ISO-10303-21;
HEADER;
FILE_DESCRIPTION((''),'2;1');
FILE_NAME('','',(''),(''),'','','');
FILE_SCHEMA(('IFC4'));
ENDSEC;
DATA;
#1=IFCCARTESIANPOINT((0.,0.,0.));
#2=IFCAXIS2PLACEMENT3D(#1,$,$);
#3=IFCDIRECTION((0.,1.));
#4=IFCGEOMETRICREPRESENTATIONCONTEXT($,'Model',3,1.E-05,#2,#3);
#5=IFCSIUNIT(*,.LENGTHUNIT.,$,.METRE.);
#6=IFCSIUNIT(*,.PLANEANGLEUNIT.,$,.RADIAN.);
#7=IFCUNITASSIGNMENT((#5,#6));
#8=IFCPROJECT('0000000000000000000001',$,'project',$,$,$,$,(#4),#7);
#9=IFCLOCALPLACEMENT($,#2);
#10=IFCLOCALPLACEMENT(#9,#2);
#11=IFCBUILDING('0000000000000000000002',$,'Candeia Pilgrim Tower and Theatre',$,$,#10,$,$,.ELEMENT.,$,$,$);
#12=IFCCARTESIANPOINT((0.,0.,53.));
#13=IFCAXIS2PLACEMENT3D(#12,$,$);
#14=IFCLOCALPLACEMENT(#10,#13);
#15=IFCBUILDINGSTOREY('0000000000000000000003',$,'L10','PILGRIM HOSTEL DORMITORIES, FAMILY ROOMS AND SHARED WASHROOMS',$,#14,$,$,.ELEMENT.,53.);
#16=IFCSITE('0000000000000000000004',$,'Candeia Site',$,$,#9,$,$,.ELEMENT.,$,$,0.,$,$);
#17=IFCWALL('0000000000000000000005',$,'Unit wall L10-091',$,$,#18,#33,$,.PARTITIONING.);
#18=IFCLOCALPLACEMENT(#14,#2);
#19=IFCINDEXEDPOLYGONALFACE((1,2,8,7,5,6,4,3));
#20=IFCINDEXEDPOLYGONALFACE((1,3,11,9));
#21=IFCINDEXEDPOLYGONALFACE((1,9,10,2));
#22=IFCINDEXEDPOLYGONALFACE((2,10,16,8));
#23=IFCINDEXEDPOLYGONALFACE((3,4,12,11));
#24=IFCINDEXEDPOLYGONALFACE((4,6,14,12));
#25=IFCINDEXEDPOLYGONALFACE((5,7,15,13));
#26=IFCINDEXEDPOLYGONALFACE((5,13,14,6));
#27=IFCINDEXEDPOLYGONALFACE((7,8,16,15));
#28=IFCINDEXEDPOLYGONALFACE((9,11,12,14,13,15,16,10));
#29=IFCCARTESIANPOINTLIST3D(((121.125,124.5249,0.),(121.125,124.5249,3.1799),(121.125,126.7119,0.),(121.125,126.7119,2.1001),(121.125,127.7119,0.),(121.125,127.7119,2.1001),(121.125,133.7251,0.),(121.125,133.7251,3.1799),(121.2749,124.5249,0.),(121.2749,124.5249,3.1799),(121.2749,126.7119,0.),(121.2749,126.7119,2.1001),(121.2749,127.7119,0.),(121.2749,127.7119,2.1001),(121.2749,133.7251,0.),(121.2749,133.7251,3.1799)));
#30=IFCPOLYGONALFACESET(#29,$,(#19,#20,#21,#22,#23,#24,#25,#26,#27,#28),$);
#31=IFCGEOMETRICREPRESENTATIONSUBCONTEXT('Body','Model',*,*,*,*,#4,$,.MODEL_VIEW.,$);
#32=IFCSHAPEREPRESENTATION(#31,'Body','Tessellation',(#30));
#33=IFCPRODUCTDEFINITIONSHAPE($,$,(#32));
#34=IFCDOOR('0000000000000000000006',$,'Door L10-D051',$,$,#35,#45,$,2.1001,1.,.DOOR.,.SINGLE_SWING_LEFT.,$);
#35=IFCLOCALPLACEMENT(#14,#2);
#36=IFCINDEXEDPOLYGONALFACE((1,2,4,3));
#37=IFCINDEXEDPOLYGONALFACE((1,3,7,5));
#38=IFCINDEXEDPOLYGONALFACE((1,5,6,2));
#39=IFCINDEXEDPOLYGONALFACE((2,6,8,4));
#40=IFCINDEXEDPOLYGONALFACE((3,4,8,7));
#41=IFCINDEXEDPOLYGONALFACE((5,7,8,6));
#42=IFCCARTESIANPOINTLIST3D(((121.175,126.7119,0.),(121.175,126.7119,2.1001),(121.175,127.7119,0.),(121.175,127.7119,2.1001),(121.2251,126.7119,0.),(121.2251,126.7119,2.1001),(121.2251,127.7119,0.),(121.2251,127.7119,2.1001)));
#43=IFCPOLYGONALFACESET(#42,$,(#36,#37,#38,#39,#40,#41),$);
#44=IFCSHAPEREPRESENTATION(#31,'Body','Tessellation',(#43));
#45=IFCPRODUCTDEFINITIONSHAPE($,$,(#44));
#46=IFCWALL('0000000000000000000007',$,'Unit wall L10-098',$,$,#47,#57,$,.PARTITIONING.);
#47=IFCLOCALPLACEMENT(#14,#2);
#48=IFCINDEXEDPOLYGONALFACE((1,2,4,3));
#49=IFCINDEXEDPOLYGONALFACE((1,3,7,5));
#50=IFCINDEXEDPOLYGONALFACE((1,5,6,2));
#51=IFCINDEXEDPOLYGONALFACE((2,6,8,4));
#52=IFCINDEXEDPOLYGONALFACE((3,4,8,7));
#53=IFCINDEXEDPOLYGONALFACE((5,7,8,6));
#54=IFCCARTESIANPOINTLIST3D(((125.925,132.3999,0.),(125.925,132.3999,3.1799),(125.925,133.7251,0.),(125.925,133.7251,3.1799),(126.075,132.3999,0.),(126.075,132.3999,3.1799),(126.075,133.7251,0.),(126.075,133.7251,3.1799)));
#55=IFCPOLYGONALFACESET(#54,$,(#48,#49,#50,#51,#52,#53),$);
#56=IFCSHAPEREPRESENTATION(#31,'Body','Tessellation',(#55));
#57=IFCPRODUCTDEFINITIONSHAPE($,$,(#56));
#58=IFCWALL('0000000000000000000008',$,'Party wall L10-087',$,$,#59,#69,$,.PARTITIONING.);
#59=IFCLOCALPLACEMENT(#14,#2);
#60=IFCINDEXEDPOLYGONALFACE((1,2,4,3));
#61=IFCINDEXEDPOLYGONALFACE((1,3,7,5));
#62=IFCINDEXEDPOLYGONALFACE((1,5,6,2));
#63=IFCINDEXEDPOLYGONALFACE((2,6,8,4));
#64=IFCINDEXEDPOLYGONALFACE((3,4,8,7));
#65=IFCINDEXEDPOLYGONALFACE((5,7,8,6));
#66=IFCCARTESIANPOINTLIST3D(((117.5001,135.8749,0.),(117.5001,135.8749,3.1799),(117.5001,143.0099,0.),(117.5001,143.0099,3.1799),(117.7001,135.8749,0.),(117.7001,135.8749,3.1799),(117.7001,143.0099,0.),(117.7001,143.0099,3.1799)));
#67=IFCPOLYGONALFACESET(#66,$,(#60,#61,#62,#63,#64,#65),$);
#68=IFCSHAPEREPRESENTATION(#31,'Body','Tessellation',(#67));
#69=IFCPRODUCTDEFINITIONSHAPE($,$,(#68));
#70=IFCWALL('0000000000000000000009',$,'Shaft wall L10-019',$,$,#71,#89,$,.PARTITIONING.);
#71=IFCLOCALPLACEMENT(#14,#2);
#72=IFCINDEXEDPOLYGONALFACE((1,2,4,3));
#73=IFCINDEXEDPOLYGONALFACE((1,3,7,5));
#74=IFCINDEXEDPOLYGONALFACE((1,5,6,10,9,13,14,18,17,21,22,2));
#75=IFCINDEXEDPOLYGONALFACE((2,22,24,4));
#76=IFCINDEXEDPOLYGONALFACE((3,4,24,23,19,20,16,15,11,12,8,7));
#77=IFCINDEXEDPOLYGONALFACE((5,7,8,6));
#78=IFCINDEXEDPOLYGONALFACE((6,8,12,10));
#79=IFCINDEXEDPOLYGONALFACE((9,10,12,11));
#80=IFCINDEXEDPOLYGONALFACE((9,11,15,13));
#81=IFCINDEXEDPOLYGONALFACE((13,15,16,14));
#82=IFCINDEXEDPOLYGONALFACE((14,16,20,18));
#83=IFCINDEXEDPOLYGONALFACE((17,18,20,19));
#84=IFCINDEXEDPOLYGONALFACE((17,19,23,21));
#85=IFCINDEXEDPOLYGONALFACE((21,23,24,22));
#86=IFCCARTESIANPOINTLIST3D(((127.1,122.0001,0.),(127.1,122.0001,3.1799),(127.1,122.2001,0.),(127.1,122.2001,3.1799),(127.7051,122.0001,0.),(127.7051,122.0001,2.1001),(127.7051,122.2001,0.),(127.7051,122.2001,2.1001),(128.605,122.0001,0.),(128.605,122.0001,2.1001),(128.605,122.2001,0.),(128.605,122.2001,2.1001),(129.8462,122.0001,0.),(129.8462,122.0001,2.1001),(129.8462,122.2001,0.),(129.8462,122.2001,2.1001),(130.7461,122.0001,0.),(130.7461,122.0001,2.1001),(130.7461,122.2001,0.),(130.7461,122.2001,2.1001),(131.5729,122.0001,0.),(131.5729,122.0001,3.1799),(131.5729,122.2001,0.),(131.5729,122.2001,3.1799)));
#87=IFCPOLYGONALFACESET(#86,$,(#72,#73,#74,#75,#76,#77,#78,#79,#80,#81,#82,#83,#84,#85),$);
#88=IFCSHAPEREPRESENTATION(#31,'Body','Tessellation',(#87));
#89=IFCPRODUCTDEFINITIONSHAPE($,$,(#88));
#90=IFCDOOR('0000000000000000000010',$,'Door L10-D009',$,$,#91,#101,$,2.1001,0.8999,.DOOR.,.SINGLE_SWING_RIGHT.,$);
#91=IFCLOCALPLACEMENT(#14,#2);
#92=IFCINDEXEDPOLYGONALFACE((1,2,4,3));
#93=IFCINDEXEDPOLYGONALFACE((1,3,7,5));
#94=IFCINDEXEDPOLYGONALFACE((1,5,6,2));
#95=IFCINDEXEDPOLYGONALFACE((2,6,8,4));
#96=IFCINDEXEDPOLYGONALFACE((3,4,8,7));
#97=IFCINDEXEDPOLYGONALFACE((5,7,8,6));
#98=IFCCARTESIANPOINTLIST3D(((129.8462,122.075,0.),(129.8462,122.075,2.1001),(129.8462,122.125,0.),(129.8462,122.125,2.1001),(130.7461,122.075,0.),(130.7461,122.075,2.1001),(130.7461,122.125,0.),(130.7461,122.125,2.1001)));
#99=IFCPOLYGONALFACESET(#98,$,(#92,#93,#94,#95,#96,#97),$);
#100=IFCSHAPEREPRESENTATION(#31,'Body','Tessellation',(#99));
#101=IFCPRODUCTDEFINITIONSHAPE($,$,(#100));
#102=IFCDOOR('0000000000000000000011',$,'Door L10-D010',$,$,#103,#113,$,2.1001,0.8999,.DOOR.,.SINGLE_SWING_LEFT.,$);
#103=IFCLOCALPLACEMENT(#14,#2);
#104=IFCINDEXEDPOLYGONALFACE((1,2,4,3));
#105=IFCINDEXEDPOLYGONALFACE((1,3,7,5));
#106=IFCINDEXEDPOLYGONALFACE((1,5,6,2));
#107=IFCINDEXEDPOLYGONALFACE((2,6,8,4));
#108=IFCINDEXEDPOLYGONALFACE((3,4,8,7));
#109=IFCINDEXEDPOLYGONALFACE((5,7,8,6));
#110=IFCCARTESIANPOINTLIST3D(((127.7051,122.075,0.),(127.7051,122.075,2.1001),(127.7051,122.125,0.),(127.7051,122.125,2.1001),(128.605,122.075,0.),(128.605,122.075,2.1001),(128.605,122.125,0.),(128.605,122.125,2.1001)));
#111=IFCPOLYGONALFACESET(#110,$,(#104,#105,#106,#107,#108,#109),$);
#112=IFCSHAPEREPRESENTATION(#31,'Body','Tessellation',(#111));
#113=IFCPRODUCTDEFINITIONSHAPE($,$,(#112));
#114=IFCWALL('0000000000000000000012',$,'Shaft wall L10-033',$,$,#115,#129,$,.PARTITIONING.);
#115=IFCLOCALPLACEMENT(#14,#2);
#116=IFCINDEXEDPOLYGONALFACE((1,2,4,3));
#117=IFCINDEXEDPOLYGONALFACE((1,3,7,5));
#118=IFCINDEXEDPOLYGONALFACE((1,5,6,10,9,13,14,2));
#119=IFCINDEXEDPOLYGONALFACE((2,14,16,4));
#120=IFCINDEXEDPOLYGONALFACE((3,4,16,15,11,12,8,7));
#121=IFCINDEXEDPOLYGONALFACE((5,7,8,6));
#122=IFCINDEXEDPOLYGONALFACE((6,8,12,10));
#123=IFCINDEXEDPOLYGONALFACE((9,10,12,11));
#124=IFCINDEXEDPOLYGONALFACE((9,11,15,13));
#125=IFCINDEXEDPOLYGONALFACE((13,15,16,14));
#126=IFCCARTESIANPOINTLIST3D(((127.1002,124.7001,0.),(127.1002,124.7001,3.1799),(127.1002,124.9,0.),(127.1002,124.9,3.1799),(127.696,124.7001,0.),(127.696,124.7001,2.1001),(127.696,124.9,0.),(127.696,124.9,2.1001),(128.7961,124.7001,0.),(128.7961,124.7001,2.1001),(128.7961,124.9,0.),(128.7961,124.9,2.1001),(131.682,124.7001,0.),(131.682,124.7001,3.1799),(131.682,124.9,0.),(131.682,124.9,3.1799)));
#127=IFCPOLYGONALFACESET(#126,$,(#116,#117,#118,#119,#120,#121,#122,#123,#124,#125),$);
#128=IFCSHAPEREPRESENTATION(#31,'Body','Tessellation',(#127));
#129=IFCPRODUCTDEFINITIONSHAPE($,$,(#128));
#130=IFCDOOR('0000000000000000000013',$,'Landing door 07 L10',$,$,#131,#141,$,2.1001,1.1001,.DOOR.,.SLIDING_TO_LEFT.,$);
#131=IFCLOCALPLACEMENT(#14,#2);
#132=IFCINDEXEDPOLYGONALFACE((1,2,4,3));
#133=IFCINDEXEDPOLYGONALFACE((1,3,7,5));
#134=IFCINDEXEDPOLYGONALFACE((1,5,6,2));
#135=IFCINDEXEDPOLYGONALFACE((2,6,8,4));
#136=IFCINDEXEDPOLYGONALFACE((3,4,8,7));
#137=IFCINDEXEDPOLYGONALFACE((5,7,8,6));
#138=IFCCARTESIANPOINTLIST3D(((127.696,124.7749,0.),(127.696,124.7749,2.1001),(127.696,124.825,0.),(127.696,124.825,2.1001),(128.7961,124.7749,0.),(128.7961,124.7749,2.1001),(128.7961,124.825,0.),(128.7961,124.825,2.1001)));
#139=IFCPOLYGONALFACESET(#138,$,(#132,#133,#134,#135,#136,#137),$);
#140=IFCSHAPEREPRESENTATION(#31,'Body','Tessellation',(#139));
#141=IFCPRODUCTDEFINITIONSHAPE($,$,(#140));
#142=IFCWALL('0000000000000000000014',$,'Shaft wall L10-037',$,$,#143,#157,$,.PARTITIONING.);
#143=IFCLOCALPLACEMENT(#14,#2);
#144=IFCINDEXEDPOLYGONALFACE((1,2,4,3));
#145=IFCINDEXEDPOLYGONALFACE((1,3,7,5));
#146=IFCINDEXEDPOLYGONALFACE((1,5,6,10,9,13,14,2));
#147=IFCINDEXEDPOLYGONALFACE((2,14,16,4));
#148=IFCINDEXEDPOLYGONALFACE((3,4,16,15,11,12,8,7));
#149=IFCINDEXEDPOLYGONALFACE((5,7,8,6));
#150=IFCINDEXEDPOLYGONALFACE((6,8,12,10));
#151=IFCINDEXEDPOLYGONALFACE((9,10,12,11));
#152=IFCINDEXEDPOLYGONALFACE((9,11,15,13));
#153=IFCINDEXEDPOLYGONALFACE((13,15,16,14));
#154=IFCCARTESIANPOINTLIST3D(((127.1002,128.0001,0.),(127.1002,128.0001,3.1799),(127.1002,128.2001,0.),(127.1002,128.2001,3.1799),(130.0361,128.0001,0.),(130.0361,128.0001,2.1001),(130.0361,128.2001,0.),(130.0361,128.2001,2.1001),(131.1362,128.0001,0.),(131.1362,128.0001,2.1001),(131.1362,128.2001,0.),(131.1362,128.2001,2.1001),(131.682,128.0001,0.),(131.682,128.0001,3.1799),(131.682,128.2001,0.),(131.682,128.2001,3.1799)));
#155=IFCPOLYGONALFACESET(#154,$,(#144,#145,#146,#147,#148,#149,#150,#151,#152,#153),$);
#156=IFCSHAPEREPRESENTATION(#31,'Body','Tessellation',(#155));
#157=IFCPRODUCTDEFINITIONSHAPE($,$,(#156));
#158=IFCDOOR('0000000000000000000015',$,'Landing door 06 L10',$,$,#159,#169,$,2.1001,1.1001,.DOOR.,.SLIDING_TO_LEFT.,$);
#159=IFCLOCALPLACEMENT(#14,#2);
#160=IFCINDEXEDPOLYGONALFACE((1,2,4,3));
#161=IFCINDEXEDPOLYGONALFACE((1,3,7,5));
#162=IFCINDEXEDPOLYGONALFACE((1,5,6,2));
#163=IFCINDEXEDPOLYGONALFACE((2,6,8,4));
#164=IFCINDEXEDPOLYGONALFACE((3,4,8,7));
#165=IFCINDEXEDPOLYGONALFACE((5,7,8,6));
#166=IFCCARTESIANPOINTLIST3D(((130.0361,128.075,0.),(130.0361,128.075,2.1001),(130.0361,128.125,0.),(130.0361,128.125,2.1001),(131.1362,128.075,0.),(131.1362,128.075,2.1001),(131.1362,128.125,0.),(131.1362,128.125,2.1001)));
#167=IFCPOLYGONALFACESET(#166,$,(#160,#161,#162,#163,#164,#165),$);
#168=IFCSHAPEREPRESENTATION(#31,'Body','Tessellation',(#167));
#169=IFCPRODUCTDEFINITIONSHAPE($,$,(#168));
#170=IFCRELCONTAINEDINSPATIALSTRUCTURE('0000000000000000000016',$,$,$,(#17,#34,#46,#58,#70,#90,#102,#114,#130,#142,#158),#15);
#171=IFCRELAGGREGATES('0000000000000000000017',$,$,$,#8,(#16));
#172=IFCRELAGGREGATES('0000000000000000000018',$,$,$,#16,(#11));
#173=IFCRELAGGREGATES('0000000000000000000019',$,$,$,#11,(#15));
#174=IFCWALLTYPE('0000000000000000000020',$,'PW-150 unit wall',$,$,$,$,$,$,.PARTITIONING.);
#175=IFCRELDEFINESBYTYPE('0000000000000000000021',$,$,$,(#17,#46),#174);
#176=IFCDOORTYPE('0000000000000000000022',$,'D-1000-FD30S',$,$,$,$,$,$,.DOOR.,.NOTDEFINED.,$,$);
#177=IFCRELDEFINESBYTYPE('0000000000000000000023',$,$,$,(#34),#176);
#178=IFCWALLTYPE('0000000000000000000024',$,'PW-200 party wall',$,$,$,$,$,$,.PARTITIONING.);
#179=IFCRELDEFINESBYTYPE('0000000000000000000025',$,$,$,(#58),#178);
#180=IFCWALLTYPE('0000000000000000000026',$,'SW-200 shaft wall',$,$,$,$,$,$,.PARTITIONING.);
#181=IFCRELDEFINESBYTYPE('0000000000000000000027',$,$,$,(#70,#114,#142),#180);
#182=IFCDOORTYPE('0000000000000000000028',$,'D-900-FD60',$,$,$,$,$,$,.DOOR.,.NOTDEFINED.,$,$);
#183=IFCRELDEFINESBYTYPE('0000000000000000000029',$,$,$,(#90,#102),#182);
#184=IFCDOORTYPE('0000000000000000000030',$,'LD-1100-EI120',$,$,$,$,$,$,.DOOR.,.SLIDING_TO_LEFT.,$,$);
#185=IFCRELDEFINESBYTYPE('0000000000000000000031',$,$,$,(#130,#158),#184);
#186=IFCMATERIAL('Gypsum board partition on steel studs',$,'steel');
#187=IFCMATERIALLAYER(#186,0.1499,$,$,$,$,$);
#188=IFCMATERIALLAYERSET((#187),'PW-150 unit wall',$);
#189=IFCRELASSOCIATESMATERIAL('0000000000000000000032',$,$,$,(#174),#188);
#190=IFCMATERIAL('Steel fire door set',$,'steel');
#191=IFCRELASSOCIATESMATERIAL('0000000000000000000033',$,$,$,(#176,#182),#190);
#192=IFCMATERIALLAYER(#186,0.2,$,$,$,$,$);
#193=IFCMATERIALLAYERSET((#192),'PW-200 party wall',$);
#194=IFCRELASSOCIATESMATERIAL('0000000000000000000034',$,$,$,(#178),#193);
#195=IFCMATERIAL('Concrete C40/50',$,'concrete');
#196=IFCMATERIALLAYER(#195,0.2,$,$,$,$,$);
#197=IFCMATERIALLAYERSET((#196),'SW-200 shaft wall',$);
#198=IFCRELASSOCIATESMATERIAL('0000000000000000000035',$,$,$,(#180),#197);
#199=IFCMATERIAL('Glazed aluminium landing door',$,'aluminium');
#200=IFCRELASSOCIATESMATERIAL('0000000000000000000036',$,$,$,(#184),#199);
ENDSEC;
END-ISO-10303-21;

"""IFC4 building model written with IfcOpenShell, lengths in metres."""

from ifc_helpers import new_model, si_unit, direction, frame, frame_2d, origin, place, context, subcontext, project, spatial, rectangle, extrude, material, layer, layer_set, type_object, element, fill, save


model = new_model("IFC4")

# Units and contexts
model_context = context("Model", 3, precision=1e-05, world=origin(), true_north=direction((0.0, 1.0)))
body_context = subcontext(model_context, "Body", "Model", "MODEL_VIEW")
ifc_project = project(units=[si_unit("LENGTHUNIT", "METRE"), si_unit("PLANEANGLEUNIT", "RADIAN")], contexts=[model_context])

# Site, building, storey
site_placement = place(None, origin())
site = spatial("IfcSite", under=ifc_project, at=site_placement, Name="Candeia Site", CompositionType="ELEMENT", RefElevation=0.0)
building_placement = place(site_placement, origin())
building = spatial("IfcBuilding", under=site, at=building_placement, Name="Candeia Pilgrim Tower and Theatre", CompositionType="ELEMENT")
storey_placement = place(building_placement, frame((0.0, 0.0, 53.0)))
storey = spatial("IfcBuildingStorey", under=building, at=storey_placement, Name="L10", Description="PILGRIM HOSTEL DORMITORIES, FAMILY ROOMS AND SHARED WASHROOMS", CompositionType="ELEMENT", Elevation=53.0)

# Shared definitions
ifc_material_1 = material(Name="Steel fire door set", Category="steel")

# Shared definitions
ifc_material_2 = material(Name="Gypsum board partition on steel studs", Category="steel")

# Shared definitions
ifc_layer_1 = layer(ifc_material_2, 0.1499)
ifc_layer_set_1 = layer_set([ifc_layer_1], Name="PW-150 unit wall")
wall_type_1 = type_object("IfcWallType", Name="PW-150 unit wall", PredefinedType="PARTITIONING", material=ifc_layer_set_1)

# Wall, opening, door
wall_1_placement = place(storey_placement, frame((121.2, 124.5249, 0.0), z_axis=(0.0, 0.0, 1.0), x_axis=(0.0, 1.0, 0.0)))
wall_1 = element("IfcWall", 1, at=wall_1_placement, inside=storey, type_object=wall_type_1, Name="Unit wall L10-091", PredefinedType="PARTITIONING", context=body_context, shape_type="SweptSolid", body=[
    extrude(rectangle(XDim=9.2002, YDim=0.1499, at=frame_2d((4.6001, 0.0))), origin(), (0.0, 0.0, 1.0), 3.1799),
])
opening_1_placement = place(wall_1_placement, frame((2.187, 0.0, 0.0)))
opening_1 = element("IfcOpeningElement", 2, at=opening_1_placement, cuts=wall_1, PredefinedType="OPENING", context=body_context, shape_type="SweptSolid", body=[
    extrude(rectangle(XDim=1.0, YDim=2.1001, at=frame_2d((0.5, 1.05))), frame((0.0, 0.085, 0.0), z_axis=(0.0, -1.0, 0.0), x_axis=(1.0, 0.0, 0.0)), (0.0, 0.0, 1.0), 0.1699),
])
door_type_1 = type_object("IfcDoorType", Name="D-1000-FD30S", OperationType="NOTDEFINED", PredefinedType="DOOR", material=ifc_material_1)
door_1_placement = place(opening_1_placement, origin())
door_1 = element("IfcDoor", 3, at=door_1_placement, inside=storey, type_object=door_type_1, Name="Door L10-D051", OperationType="SINGLE_SWING_LEFT", OverallHeight=2.1001, OverallWidth=1.0, PredefinedType="DOOR", context=body_context, shape_type="SweptSolid", body=[
    extrude(rectangle(XDim=1.0, YDim=2.1001, at=frame_2d((0.5, 1.05))), frame((0.0, 0.0249, 0.0), z_axis=(0.0, -1.0, 0.0), x_axis=(1.0, 0.0, 0.0)), (0.0, 0.0, 1.0), 0.05),
])
fill(opening_1, door_1)

# Walls
wall_2_placement = place(storey_placement, frame((126.0, 132.3999, 0.0), z_axis=(0.0, 0.0, 1.0), x_axis=(0.0, 1.0, 0.0)))
element("IfcWall", 4, at=wall_2_placement, inside=storey, type_object=wall_type_1, Name="Unit wall L10-098", PredefinedType="PARTITIONING", context=body_context, shape_type="SweptSolid", body=[
    extrude(rectangle(XDim=1.3252, YDim=0.1499, at=frame_2d((0.6626, 0.0))), origin(), (0.0, 0.0, 1.0), 3.1799),
])
ifc_layer_2 = layer(ifc_material_2, 0.2)
ifc_layer_set_2 = layer_set([ifc_layer_2], Name="PW-200 party wall")
wall_type_2 = type_object("IfcWallType", Name="PW-200 party wall", PredefinedType="PARTITIONING", material=ifc_layer_set_2)
wall_3_placement = place(storey_placement, frame((117.6001, 135.875, 0.0), z_axis=(0.0, 0.0, 1.0), x_axis=(0.0, 1.0, 0.0)))
element("IfcWall", 5, at=wall_3_placement, inside=storey, type_object=wall_type_2, Name="Party wall L10-087", PredefinedType="PARTITIONING", context=body_context, shape_type="SweptSolid", body=[
    extrude(rectangle(XDim=7.135, YDim=0.2, at=frame_2d((3.5674, 0.0))), origin(), (0.0, 0.0, 1.0), 3.1799),
])

# Wall, openings, doors
ifc_material_3 = material(Name="Concrete C40/50", Category="concrete")
ifc_layer_3 = layer(ifc_material_3, 0.2)
ifc_layer_set_3 = layer_set([ifc_layer_3], Name="SW-200 shaft wall")
wall_type_3 = type_object("IfcWallType", Name="SW-200 shaft wall", PredefinedType="PARTITIONING", material=ifc_layer_set_3)
wall_4_placement = place(storey_placement, frame((127.1001, 122.1001, 0.0), z_axis=(0.0, 0.0, 1.0), x_axis=(1.0, 0.0, 0.0)))
wall_4 = element("IfcWall", 6, at=wall_4_placement, inside=storey, type_object=wall_type_3, Name="Shaft wall L10-019", PredefinedType="PARTITIONING", context=body_context, shape_type="SweptSolid", body=[
    extrude(rectangle(XDim=4.4729, YDim=0.2, at=frame_2d((2.2363, 0.0))), origin(), (0.0, 0.0, 1.0), 3.1799),
])
opening_2_placement = place(wall_4_placement, frame((2.7461, 0.0, 0.0)))
opening_2 = element("IfcOpeningElement", 7, at=opening_2_placement, cuts=wall_4, PredefinedType="OPENING", context=body_context, shape_type="SweptSolid", body=[
    extrude(rectangle(XDim=0.8999, YDim=2.1001, at=frame_2d((0.45, 1.05))), frame((0.0, 0.1099, 0.0), z_axis=(0.0, -1.0, 0.0), x_axis=(1.0, 0.0, 0.0)), (0.0, 0.0, 1.0), 0.22),
])
opening_3_placement = place(wall_4_placement, frame((0.605, 0.0, 0.0)))
opening_3 = element("IfcOpeningElement", 8, at=opening_3_placement, cuts=wall_4, PredefinedType="OPENING", context=body_context, shape_type="SweptSolid", body=[
    extrude(rectangle(XDim=0.8999, YDim=2.1001, at=frame_2d((0.45, 1.05))), frame((0.0, 0.1099, 0.0), z_axis=(0.0, -1.0, 0.0), x_axis=(1.0, 0.0, 0.0)), (0.0, 0.0, 1.0), 0.22),
])
door_type_2 = type_object("IfcDoorType", Name="D-900-FD60", OperationType="NOTDEFINED", PredefinedType="DOOR", material=ifc_material_1)
door_2_placement = place(opening_2_placement, origin())
door_2 = element("IfcDoor", 9, at=door_2_placement, inside=storey, type_object=door_type_2, Name="Door L10-D009", OperationType="SINGLE_SWING_RIGHT", OverallHeight=2.1001, OverallWidth=0.8999, PredefinedType="DOOR", context=body_context, shape_type="SweptSolid", body=[
    extrude(rectangle(XDim=0.8999, YDim=2.1001, at=frame_2d((0.45, 1.05))), frame((0.0, 0.0249, 0.0), z_axis=(0.0, -1.0, 0.0), x_axis=(1.0, 0.0, 0.0)), (0.0, 0.0, 1.0), 0.05),
])
fill(opening_2, door_2)
door_3_placement = place(opening_3_placement, origin())
door_3 = element("IfcDoor", 10, at=door_3_placement, inside=storey, type_object=door_type_2, Name="Door L10-D010", OperationType="SINGLE_SWING_LEFT", OverallHeight=2.1001, OverallWidth=0.8999, PredefinedType="DOOR", context=body_context, shape_type="SweptSolid", body=[
    extrude(rectangle(XDim=0.8999, YDim=2.1001, at=frame_2d((0.45, 1.05))), frame((0.0, 0.0249, 0.0), z_axis=(0.0, -1.0, 0.0), x_axis=(1.0, 0.0, 0.0)), (0.0, 0.0, 1.0), 0.05),
])
fill(opening_3, door_3)

# Walls, openings, doors
wall_5_placement = place(storey_placement, frame((127.1001, 124.8, 0.0), z_axis=(0.0, 0.0, 1.0), x_axis=(1.0, 0.0, 0.0)))
wall_5 = element("IfcWall", 11, at=wall_5_placement, inside=storey, type_object=wall_type_3, Name="Shaft wall L10-033", PredefinedType="PARTITIONING", context=body_context, shape_type="SweptSolid", body=[
    extrude(rectangle(XDim=4.5818, YDim=0.2, at=frame_2d((2.291, 0.0))), origin(), (0.0, 0.0, 1.0), 3.1799),
])
opening_4_placement = place(wall_5_placement, frame((0.5959, 0.0, 0.0)))
opening_4 = element("IfcOpeningElement", 12, at=opening_4_placement, cuts=wall_5, PredefinedType="OPENING", context=body_context, shape_type="SweptSolid", body=[
    extrude(rectangle(XDim=1.1001, YDim=2.1001, at=frame_2d((0.55, 1.05))), frame((0.0, 0.1099, 0.0), z_axis=(0.0, -1.0, 0.0), x_axis=(1.0, 0.0, 0.0)), (0.0, 0.0, 1.0), 0.22),
])
ifc_material_4 = material(Name="Glazed aluminium landing door", Category="aluminium")
door_type_3 = type_object("IfcDoorType", Name="LD-1100-EI120", OperationType="SLIDING_TO_LEFT", PredefinedType="DOOR", material=ifc_material_4)
door_4_placement = place(opening_4_placement, origin())
door_4 = element("IfcDoor", 13, at=door_4_placement, inside=storey, type_object=door_type_3, Name="Landing door 07 L10", OperationType="SLIDING_TO_LEFT", OverallHeight=2.1001, OverallWidth=1.1001, PredefinedType="DOOR", context=body_context, shape_type="SweptSolid", body=[
    extrude(rectangle(XDim=1.1001, YDim=2.1001, at=frame_2d((0.55, 1.05))), frame((0.0, 0.0249, 0.0), z_axis=(0.0, -1.0, 0.0), x_axis=(1.0, 0.0, 0.0)), (0.0, 0.0, 1.0), 0.05),
])
fill(opening_4, door_4)
wall_6_placement = place(storey_placement, frame((127.1001, 128.1001, 0.0), z_axis=(0.0, 0.0, 1.0), x_axis=(1.0, 0.0, 0.0)))
wall_6 = element("IfcWall", 14, at=wall_6_placement, inside=storey, type_object=wall_type_3, Name="Shaft wall L10-037", PredefinedType="PARTITIONING", context=body_context, shape_type="SweptSolid", body=[
    extrude(rectangle(XDim=4.5818, YDim=0.2, at=frame_2d((2.291, 0.0))), origin(), (0.0, 0.0, 1.0), 3.1799),
])
opening_5_placement = place(wall_6_placement, frame((2.936, 0.0, 0.0)))
opening_5 = element("IfcOpeningElement", 15, at=opening_5_placement, cuts=wall_6, PredefinedType="OPENING", context=body_context, shape_type="SweptSolid", body=[
    extrude(rectangle(XDim=1.1001, YDim=2.1001, at=frame_2d((0.55, 1.05))), frame((0.0, 0.1099, 0.0), z_axis=(0.0, -1.0, 0.0), x_axis=(1.0, 0.0, 0.0)), (0.0, 0.0, 1.0), 0.22),
])
door_5_placement = place(opening_5_placement, origin())
door_5 = element("IfcDoor", 16, at=door_5_placement, inside=storey, type_object=door_type_3, Name="Landing door 06 L10", OperationType="SLIDING_TO_LEFT", OverallHeight=2.1001, OverallWidth=1.1001, PredefinedType="DOOR", context=body_context, shape_type="SweptSolid", body=[
    extrude(rectangle(XDim=1.1001, YDim=2.1001, at=frame_2d((0.55, 1.05))), frame((0.0, 0.0249, 0.0), z_axis=(0.0, -1.0, 0.0), x_axis=(1.0, 0.0, 0.0)), (0.0, 0.0, 1.0), 0.05),
])
fill(opening_5, door_5)

save(model, "model.ifc")
